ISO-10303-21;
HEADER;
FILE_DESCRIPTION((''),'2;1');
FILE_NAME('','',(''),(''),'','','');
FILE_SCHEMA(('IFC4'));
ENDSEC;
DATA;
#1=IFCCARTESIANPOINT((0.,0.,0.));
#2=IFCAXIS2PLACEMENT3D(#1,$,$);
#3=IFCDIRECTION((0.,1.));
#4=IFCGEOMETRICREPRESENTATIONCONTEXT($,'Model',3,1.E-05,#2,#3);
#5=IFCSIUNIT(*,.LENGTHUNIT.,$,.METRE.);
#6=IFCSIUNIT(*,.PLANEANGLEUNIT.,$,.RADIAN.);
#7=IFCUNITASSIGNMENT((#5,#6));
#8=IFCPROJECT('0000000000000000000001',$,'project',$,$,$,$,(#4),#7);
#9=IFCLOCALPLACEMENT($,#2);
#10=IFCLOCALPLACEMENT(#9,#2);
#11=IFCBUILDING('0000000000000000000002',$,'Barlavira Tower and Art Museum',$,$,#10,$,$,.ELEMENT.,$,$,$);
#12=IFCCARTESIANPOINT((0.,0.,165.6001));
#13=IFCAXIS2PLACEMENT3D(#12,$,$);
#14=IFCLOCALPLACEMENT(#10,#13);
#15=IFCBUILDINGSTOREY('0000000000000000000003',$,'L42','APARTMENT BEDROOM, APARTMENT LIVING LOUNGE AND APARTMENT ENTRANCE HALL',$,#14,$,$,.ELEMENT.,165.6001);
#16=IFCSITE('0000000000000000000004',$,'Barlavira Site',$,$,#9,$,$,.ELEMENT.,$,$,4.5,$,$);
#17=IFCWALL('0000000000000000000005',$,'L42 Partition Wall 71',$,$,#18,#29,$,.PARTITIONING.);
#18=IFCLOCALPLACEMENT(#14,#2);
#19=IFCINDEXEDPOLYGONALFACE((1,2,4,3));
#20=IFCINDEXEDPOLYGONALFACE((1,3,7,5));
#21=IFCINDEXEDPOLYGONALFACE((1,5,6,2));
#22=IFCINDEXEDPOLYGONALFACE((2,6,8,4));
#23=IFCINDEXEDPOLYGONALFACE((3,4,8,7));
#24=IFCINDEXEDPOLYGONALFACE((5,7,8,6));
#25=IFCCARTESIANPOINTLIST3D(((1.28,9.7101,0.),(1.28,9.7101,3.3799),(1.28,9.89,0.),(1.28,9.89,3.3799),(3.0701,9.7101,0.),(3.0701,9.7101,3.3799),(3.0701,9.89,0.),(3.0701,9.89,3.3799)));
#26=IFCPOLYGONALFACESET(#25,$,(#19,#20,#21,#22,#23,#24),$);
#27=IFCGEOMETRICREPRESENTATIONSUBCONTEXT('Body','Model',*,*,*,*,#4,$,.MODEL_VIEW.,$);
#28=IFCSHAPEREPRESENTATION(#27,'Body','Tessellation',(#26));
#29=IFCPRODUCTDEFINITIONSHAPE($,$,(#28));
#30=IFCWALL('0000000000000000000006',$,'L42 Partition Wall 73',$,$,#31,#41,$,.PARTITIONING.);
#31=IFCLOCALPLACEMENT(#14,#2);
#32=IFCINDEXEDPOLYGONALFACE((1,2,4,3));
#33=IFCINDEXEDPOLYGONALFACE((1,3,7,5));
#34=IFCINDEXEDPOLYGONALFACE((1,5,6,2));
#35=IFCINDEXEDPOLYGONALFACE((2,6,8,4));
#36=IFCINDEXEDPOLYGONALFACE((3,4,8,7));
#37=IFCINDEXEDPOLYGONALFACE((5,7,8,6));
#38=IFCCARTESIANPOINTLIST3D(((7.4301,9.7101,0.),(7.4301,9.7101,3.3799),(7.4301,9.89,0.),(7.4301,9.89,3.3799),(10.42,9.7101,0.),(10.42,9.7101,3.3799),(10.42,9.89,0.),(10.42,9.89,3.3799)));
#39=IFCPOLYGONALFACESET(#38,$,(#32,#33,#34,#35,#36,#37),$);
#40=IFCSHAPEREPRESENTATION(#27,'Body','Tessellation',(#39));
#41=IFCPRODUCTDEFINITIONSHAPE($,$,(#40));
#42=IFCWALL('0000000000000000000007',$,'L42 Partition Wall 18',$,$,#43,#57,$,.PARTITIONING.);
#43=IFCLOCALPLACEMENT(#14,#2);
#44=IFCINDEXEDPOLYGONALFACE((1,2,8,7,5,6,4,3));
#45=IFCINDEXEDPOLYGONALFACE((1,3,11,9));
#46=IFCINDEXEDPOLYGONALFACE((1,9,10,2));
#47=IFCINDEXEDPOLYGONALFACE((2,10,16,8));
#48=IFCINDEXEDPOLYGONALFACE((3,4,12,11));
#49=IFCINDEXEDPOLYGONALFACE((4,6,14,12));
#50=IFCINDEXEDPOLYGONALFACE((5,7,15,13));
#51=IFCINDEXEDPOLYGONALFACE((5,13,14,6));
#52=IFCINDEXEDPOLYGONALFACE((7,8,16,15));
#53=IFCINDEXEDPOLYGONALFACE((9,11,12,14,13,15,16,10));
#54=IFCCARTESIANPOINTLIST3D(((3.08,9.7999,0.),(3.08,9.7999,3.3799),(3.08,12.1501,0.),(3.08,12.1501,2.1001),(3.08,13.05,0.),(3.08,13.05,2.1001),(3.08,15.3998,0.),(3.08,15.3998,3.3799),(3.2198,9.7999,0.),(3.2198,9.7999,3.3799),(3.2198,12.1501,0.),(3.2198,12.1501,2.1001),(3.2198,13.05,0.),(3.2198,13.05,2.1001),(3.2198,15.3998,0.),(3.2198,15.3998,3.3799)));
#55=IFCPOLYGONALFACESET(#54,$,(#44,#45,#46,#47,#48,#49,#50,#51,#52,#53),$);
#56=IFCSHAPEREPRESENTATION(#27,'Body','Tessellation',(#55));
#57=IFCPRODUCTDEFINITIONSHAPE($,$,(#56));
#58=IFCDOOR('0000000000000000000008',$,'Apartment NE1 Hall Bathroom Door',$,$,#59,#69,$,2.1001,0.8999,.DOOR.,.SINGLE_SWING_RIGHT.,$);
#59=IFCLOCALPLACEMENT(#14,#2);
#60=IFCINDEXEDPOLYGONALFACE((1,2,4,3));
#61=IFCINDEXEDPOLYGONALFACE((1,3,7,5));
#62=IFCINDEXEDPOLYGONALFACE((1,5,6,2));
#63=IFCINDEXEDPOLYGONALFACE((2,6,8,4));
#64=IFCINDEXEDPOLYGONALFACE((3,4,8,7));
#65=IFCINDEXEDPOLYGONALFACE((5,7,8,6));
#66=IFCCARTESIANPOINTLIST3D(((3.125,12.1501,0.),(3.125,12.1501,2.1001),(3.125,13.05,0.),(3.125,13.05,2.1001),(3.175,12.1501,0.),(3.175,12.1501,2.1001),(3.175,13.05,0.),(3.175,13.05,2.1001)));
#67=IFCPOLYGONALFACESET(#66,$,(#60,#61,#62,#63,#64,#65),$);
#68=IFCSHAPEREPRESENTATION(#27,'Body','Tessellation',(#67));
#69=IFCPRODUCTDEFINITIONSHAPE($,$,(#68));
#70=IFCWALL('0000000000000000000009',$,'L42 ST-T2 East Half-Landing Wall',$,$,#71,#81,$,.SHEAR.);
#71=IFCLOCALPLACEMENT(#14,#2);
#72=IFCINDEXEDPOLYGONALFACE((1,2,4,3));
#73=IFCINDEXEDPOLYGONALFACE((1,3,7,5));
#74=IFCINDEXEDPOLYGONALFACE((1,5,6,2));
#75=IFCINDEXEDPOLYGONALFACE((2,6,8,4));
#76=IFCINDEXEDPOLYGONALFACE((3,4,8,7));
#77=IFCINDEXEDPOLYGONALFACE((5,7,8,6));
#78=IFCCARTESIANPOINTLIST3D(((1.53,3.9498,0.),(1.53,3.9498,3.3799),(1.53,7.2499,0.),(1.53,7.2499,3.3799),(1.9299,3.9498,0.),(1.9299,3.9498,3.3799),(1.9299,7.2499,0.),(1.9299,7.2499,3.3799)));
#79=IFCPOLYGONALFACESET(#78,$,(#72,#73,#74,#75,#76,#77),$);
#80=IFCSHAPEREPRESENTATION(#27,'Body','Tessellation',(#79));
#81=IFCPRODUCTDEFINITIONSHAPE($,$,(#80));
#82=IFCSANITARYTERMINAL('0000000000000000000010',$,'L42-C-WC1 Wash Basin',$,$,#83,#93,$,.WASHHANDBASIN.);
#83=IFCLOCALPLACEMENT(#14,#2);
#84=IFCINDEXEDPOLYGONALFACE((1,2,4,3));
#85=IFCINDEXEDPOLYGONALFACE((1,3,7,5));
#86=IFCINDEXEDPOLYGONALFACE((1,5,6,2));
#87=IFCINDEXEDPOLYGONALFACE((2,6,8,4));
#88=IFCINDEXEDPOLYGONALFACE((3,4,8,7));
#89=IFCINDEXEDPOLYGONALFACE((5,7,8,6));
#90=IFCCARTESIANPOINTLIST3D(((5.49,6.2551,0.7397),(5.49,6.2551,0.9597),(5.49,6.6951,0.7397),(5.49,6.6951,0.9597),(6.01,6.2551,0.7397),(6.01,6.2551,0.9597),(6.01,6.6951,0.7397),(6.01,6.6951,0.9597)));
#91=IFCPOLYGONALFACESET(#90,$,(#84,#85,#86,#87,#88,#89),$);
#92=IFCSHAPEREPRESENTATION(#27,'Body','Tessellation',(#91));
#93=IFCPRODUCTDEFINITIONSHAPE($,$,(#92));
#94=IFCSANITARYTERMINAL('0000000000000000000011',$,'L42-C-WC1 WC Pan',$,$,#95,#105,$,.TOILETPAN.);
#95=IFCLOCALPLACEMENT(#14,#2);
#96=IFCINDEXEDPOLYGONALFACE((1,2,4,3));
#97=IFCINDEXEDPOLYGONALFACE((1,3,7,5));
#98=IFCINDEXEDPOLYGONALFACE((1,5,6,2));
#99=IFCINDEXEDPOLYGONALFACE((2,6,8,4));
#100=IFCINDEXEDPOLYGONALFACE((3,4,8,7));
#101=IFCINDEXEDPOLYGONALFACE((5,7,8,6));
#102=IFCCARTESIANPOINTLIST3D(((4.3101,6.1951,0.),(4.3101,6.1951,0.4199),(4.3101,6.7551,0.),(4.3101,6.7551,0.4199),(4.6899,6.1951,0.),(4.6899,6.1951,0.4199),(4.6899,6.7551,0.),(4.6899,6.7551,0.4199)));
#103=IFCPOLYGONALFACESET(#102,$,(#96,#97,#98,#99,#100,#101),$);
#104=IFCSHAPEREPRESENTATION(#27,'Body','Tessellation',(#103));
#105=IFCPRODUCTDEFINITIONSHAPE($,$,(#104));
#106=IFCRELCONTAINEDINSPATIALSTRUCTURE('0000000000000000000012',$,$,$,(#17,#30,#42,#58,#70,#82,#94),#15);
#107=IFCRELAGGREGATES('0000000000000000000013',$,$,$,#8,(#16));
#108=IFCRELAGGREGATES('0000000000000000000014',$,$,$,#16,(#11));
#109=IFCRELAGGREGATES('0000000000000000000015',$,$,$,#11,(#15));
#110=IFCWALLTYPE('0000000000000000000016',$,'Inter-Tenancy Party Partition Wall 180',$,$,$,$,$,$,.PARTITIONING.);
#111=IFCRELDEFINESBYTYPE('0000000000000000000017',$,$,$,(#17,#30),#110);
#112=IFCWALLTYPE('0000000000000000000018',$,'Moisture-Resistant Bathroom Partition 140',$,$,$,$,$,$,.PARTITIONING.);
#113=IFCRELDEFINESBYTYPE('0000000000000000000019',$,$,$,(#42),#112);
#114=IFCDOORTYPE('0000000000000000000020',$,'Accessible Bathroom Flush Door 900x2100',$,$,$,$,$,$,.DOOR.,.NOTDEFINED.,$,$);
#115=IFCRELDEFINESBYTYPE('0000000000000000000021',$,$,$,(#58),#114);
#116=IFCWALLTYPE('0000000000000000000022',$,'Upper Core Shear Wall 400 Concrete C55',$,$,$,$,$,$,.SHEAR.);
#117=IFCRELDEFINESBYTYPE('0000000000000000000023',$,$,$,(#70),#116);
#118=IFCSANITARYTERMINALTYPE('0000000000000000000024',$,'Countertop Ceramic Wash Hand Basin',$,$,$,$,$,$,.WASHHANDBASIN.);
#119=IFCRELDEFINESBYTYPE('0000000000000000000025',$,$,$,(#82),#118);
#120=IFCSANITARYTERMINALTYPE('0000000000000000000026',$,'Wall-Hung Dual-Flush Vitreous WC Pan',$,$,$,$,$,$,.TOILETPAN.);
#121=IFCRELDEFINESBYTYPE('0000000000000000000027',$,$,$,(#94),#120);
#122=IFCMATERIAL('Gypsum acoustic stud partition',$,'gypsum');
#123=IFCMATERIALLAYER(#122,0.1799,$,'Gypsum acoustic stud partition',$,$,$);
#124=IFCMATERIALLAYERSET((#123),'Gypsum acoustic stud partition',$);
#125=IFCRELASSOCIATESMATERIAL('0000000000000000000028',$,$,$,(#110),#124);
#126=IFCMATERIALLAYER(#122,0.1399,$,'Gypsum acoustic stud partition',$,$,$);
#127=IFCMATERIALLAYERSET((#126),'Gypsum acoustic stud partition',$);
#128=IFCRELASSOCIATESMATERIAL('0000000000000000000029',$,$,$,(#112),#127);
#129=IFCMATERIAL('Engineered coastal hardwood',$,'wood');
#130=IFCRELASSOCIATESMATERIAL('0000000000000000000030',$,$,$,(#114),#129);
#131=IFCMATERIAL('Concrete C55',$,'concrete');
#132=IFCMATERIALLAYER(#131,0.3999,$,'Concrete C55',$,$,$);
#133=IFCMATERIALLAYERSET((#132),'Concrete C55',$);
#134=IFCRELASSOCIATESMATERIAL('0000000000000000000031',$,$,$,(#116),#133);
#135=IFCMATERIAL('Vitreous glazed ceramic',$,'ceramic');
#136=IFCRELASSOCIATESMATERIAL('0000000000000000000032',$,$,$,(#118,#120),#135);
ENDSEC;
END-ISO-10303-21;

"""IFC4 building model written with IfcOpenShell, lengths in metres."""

from ifc_helpers import new_model, si_unit, direction, frame, frame_2d, origin, origin_2d, place, context, subcontext, project, spatial, rectangle, extrude, material, layer, layer_set, type_object, element, fill, save


model = new_model("IFC4")

# Units and contexts
model_context = context("Model", 3, precision=1e-05, world=origin(), true_north=direction((0.0, 1.0)))
body_context = subcontext(model_context, "Body", "Model", "MODEL_VIEW")
ifc_project = project(units=[si_unit("LENGTHUNIT", "METRE"), si_unit("PLANEANGLEUNIT", "RADIAN")], contexts=[model_context])

# Site, building, storey
site_placement = place(None, origin())
site = spatial("IfcSite", under=ifc_project, at=site_placement, Name="Barlavira Site", CompositionType="ELEMENT", RefElevation=4.5)
building_placement = place(site_placement, origin())
building = spatial("IfcBuilding", under=site, at=building_placement, Name="Barlavira Tower and Art Museum", CompositionType="ELEMENT")
storey_placement = place(building_placement, frame((0.0, 0.0, 165.6001)))
storey = spatial("IfcBuildingStorey", under=building, at=storey_placement, Name="L42", Description="APARTMENT BEDROOM, APARTMENT LIVING LOUNGE AND APARTMENT ENTRANCE HALL", CompositionType="ELEMENT", Elevation=165.6001)

# Shared definitions
ifc_material_1 = material(Name="Gypsum acoustic stud partition", Category="gypsum")
ifc_material_2 = material(Name="Engineered coastal hardwood", Category="wood")

# Wall
ifc_layer_1 = layer(ifc_material_1, 0.1799, Name="Gypsum acoustic stud partition")
ifc_layer_set_1 = layer_set([ifc_layer_1], Name="Gypsum acoustic stud partition")
wall_type_1 = type_object("IfcWallType", Name="Inter-Tenancy Party Partition Wall 180", PredefinedType="PARTITIONING", material=ifc_layer_set_1)
wall_1_placement = place(storey_placement, frame((1.28, 9.8, 0.0), z_axis=(0.0, 0.0, 1.0), x_axis=(1.0, 0.0, 0.0)))
element("IfcWall", 1, at=wall_1_placement, inside=storey, type_object=wall_type_1, Name="L42 Partition Wall 71", PredefinedType="PARTITIONING", context=body_context, shape_type="SweptSolid", body=[
    extrude(rectangle(XDim=1.79, YDim=0.1799, at=frame_2d((0.895, 0.0))), origin(), (0.0, 0.0, 1.0), 3.3799),
])

# Wall
wall_2_placement = place(storey_placement, frame((7.4299, 9.8, 0.0), z_axis=(0.0, 0.0, 1.0), x_axis=(1.0, 0.0, 0.0)))
element("IfcWall", 2, at=wall_2_placement, inside=storey, type_object=wall_type_1, Name="L42 Partition Wall 73", PredefinedType="PARTITIONING", context=body_context, shape_type="SweptSolid", body=[
    extrude(rectangle(XDim=2.99, YDim=0.1799, at=frame_2d((1.4951, 0.0))), origin(), (0.0, 0.0, 1.0), 3.3799),
])

# Wall, opening, door
ifc_layer_2 = layer(ifc_material_1, 0.1399, Name="Gypsum acoustic stud partition")
ifc_layer_set_2 = layer_set([ifc_layer_2], Name="Gypsum acoustic stud partition")
wall_type_2 = type_object("IfcWallType", Name="Moisture-Resistant Bathroom Partition 140", PredefinedType="PARTITIONING", material=ifc_layer_set_2)
wall_3_placement = place(storey_placement, frame((3.1499, 9.8, 0.0), z_axis=(0.0, 0.0, 1.0), x_axis=(0.0, 1.0, 0.0)))
wall_3 = element("IfcWall", 3, at=wall_3_placement, inside=storey, type_object=wall_type_2, Name="L42 Partition Wall 18", PredefinedType="PARTITIONING", context=body_context, shape_type="SweptSolid", body=[
    extrude(rectangle(XDim=5.5999, YDim=0.1399, at=frame_2d((2.7998, 0.0))), origin(), (0.0, 0.0, 1.0), 3.3799),
])
opening_1_placement = place(wall_3_placement, frame((2.3501, 0.0, 0.0)))
opening_1 = element("IfcOpeningElement", 4, at=opening_1_placement, cuts=wall_3, PredefinedType="OPENING", context=body_context, shape_type="SweptSolid", body=[
    extrude(rectangle(XDim=0.8999, YDim=2.1001, at=frame_2d((0.45, 1.05))), frame((0.0, 0.0801, 0.0), z_axis=(0.0, -1.0, 0.0), x_axis=(1.0, 0.0, 0.0)), (0.0, 0.0, 1.0), 0.1599),
])
door_type_1 = type_object("IfcDoorType", Name="Accessible Bathroom Flush Door 900x2100", OperationType="NOTDEFINED", PredefinedType="DOOR", material=ifc_material_2)
door_1_placement = place(opening_1_placement, origin())
door_1 = element("IfcDoor", 5, at=door_1_placement, inside=storey, type_object=door_type_1, Name="Apartment NE1 Hall Bathroom Door", OperationType="SINGLE_SWING_RIGHT", OverallHeight=2.1001, OverallWidth=0.8999, PredefinedType="DOOR", context=body_context, shape_type="SweptSolid", body=[
    extrude(rectangle(XDim=0.8999, YDim=2.1001, at=frame_2d((0.45, 1.05))), frame((0.0, 0.0249, 0.0), z_axis=(0.0, -1.0, 0.0), x_axis=(1.0, 0.0, 0.0)), (0.0, 0.0, 1.0), 0.05),
])
fill(opening_1, door_1)

# Wall
ifc_material_3 = material(Name="Concrete C55", Category="concrete")
ifc_layer_3 = layer(ifc_material_3, 0.3999, Name="Concrete C55")
ifc_layer_set_3 = layer_set([ifc_layer_3], Name="Concrete C55")
wall_type_3 = type_object("IfcWallType", Name="Upper Core Shear Wall 400 Concrete C55", PredefinedType="SHEAR", material=ifc_layer_set_3)
wall_4_placement = place(storey_placement, frame((1.73, 3.95, 0.0), z_axis=(0.0, 0.0, 1.0), x_axis=(0.0, 1.0, 0.0)))
element("IfcWall", 6, at=wall_4_placement, inside=storey, type_object=wall_type_3, Name="L42 ST-T2 East Half-Landing Wall", PredefinedType="SHEAR", context=body_context, shape_type="SweptSolid", body=[
    extrude(rectangle(XDim=3.3, YDim=0.3999, at=frame_2d((1.6499, 0.0))), origin(), (0.0, 0.0, 1.0), 3.3799),
])

# Sanitary terminals
ifc_material_4 = material(Name="Vitreous glazed ceramic", Category="ceramic")
sanitary_terminal_type_1 = type_object("IfcSanitaryTerminalType", Name="Countertop Ceramic Wash Hand Basin", PredefinedType="WASHHANDBASIN", material=ifc_material_4)
sanitary_terminal_1_placement = place(storey_placement, frame((5.75, 6.4751, 0.7397), z_axis=(0.0, 0.0, 1.0), x_axis=(1.0, 0.0, 0.0)))
element("IfcSanitaryTerminal", 7, at=sanitary_terminal_1_placement, inside=storey, type_object=sanitary_terminal_type_1, Name="L42-C-WC1 Wash Basin", PredefinedType="WASHHANDBASIN", context=body_context, shape_type="SweptSolid", body=[
    extrude(rectangle(XDim=0.52, YDim=0.4399, at=origin_2d()), origin(), (0.0, 0.0, 1.0), 0.22),
])
sanitary_terminal_type_2 = type_object("IfcSanitaryTerminalType", Name="Wall-Hung Dual-Flush Vitreous WC Pan", PredefinedType="TOILETPAN", material=ifc_material_4)
sanitary_terminal_2_placement = place(storey_placement, frame((4.5, 6.4751, 0.0), z_axis=(0.0, 0.0, 1.0), x_axis=(1.0, 0.0, 0.0)))
element("IfcSanitaryTerminal", 8, at=sanitary_terminal_2_placement, inside=storey, type_object=sanitary_terminal_type_2, Name="L42-C-WC1 WC Pan", PredefinedType="TOILETPAN", context=body_context, shape_type="SweptSolid", body=[
    extrude(rectangle(XDim=0.3799, YDim=0.5601, at=origin_2d()), origin(), (0.0, 0.0, 1.0), 0.4199),
])

save(model, "model.ifc")
